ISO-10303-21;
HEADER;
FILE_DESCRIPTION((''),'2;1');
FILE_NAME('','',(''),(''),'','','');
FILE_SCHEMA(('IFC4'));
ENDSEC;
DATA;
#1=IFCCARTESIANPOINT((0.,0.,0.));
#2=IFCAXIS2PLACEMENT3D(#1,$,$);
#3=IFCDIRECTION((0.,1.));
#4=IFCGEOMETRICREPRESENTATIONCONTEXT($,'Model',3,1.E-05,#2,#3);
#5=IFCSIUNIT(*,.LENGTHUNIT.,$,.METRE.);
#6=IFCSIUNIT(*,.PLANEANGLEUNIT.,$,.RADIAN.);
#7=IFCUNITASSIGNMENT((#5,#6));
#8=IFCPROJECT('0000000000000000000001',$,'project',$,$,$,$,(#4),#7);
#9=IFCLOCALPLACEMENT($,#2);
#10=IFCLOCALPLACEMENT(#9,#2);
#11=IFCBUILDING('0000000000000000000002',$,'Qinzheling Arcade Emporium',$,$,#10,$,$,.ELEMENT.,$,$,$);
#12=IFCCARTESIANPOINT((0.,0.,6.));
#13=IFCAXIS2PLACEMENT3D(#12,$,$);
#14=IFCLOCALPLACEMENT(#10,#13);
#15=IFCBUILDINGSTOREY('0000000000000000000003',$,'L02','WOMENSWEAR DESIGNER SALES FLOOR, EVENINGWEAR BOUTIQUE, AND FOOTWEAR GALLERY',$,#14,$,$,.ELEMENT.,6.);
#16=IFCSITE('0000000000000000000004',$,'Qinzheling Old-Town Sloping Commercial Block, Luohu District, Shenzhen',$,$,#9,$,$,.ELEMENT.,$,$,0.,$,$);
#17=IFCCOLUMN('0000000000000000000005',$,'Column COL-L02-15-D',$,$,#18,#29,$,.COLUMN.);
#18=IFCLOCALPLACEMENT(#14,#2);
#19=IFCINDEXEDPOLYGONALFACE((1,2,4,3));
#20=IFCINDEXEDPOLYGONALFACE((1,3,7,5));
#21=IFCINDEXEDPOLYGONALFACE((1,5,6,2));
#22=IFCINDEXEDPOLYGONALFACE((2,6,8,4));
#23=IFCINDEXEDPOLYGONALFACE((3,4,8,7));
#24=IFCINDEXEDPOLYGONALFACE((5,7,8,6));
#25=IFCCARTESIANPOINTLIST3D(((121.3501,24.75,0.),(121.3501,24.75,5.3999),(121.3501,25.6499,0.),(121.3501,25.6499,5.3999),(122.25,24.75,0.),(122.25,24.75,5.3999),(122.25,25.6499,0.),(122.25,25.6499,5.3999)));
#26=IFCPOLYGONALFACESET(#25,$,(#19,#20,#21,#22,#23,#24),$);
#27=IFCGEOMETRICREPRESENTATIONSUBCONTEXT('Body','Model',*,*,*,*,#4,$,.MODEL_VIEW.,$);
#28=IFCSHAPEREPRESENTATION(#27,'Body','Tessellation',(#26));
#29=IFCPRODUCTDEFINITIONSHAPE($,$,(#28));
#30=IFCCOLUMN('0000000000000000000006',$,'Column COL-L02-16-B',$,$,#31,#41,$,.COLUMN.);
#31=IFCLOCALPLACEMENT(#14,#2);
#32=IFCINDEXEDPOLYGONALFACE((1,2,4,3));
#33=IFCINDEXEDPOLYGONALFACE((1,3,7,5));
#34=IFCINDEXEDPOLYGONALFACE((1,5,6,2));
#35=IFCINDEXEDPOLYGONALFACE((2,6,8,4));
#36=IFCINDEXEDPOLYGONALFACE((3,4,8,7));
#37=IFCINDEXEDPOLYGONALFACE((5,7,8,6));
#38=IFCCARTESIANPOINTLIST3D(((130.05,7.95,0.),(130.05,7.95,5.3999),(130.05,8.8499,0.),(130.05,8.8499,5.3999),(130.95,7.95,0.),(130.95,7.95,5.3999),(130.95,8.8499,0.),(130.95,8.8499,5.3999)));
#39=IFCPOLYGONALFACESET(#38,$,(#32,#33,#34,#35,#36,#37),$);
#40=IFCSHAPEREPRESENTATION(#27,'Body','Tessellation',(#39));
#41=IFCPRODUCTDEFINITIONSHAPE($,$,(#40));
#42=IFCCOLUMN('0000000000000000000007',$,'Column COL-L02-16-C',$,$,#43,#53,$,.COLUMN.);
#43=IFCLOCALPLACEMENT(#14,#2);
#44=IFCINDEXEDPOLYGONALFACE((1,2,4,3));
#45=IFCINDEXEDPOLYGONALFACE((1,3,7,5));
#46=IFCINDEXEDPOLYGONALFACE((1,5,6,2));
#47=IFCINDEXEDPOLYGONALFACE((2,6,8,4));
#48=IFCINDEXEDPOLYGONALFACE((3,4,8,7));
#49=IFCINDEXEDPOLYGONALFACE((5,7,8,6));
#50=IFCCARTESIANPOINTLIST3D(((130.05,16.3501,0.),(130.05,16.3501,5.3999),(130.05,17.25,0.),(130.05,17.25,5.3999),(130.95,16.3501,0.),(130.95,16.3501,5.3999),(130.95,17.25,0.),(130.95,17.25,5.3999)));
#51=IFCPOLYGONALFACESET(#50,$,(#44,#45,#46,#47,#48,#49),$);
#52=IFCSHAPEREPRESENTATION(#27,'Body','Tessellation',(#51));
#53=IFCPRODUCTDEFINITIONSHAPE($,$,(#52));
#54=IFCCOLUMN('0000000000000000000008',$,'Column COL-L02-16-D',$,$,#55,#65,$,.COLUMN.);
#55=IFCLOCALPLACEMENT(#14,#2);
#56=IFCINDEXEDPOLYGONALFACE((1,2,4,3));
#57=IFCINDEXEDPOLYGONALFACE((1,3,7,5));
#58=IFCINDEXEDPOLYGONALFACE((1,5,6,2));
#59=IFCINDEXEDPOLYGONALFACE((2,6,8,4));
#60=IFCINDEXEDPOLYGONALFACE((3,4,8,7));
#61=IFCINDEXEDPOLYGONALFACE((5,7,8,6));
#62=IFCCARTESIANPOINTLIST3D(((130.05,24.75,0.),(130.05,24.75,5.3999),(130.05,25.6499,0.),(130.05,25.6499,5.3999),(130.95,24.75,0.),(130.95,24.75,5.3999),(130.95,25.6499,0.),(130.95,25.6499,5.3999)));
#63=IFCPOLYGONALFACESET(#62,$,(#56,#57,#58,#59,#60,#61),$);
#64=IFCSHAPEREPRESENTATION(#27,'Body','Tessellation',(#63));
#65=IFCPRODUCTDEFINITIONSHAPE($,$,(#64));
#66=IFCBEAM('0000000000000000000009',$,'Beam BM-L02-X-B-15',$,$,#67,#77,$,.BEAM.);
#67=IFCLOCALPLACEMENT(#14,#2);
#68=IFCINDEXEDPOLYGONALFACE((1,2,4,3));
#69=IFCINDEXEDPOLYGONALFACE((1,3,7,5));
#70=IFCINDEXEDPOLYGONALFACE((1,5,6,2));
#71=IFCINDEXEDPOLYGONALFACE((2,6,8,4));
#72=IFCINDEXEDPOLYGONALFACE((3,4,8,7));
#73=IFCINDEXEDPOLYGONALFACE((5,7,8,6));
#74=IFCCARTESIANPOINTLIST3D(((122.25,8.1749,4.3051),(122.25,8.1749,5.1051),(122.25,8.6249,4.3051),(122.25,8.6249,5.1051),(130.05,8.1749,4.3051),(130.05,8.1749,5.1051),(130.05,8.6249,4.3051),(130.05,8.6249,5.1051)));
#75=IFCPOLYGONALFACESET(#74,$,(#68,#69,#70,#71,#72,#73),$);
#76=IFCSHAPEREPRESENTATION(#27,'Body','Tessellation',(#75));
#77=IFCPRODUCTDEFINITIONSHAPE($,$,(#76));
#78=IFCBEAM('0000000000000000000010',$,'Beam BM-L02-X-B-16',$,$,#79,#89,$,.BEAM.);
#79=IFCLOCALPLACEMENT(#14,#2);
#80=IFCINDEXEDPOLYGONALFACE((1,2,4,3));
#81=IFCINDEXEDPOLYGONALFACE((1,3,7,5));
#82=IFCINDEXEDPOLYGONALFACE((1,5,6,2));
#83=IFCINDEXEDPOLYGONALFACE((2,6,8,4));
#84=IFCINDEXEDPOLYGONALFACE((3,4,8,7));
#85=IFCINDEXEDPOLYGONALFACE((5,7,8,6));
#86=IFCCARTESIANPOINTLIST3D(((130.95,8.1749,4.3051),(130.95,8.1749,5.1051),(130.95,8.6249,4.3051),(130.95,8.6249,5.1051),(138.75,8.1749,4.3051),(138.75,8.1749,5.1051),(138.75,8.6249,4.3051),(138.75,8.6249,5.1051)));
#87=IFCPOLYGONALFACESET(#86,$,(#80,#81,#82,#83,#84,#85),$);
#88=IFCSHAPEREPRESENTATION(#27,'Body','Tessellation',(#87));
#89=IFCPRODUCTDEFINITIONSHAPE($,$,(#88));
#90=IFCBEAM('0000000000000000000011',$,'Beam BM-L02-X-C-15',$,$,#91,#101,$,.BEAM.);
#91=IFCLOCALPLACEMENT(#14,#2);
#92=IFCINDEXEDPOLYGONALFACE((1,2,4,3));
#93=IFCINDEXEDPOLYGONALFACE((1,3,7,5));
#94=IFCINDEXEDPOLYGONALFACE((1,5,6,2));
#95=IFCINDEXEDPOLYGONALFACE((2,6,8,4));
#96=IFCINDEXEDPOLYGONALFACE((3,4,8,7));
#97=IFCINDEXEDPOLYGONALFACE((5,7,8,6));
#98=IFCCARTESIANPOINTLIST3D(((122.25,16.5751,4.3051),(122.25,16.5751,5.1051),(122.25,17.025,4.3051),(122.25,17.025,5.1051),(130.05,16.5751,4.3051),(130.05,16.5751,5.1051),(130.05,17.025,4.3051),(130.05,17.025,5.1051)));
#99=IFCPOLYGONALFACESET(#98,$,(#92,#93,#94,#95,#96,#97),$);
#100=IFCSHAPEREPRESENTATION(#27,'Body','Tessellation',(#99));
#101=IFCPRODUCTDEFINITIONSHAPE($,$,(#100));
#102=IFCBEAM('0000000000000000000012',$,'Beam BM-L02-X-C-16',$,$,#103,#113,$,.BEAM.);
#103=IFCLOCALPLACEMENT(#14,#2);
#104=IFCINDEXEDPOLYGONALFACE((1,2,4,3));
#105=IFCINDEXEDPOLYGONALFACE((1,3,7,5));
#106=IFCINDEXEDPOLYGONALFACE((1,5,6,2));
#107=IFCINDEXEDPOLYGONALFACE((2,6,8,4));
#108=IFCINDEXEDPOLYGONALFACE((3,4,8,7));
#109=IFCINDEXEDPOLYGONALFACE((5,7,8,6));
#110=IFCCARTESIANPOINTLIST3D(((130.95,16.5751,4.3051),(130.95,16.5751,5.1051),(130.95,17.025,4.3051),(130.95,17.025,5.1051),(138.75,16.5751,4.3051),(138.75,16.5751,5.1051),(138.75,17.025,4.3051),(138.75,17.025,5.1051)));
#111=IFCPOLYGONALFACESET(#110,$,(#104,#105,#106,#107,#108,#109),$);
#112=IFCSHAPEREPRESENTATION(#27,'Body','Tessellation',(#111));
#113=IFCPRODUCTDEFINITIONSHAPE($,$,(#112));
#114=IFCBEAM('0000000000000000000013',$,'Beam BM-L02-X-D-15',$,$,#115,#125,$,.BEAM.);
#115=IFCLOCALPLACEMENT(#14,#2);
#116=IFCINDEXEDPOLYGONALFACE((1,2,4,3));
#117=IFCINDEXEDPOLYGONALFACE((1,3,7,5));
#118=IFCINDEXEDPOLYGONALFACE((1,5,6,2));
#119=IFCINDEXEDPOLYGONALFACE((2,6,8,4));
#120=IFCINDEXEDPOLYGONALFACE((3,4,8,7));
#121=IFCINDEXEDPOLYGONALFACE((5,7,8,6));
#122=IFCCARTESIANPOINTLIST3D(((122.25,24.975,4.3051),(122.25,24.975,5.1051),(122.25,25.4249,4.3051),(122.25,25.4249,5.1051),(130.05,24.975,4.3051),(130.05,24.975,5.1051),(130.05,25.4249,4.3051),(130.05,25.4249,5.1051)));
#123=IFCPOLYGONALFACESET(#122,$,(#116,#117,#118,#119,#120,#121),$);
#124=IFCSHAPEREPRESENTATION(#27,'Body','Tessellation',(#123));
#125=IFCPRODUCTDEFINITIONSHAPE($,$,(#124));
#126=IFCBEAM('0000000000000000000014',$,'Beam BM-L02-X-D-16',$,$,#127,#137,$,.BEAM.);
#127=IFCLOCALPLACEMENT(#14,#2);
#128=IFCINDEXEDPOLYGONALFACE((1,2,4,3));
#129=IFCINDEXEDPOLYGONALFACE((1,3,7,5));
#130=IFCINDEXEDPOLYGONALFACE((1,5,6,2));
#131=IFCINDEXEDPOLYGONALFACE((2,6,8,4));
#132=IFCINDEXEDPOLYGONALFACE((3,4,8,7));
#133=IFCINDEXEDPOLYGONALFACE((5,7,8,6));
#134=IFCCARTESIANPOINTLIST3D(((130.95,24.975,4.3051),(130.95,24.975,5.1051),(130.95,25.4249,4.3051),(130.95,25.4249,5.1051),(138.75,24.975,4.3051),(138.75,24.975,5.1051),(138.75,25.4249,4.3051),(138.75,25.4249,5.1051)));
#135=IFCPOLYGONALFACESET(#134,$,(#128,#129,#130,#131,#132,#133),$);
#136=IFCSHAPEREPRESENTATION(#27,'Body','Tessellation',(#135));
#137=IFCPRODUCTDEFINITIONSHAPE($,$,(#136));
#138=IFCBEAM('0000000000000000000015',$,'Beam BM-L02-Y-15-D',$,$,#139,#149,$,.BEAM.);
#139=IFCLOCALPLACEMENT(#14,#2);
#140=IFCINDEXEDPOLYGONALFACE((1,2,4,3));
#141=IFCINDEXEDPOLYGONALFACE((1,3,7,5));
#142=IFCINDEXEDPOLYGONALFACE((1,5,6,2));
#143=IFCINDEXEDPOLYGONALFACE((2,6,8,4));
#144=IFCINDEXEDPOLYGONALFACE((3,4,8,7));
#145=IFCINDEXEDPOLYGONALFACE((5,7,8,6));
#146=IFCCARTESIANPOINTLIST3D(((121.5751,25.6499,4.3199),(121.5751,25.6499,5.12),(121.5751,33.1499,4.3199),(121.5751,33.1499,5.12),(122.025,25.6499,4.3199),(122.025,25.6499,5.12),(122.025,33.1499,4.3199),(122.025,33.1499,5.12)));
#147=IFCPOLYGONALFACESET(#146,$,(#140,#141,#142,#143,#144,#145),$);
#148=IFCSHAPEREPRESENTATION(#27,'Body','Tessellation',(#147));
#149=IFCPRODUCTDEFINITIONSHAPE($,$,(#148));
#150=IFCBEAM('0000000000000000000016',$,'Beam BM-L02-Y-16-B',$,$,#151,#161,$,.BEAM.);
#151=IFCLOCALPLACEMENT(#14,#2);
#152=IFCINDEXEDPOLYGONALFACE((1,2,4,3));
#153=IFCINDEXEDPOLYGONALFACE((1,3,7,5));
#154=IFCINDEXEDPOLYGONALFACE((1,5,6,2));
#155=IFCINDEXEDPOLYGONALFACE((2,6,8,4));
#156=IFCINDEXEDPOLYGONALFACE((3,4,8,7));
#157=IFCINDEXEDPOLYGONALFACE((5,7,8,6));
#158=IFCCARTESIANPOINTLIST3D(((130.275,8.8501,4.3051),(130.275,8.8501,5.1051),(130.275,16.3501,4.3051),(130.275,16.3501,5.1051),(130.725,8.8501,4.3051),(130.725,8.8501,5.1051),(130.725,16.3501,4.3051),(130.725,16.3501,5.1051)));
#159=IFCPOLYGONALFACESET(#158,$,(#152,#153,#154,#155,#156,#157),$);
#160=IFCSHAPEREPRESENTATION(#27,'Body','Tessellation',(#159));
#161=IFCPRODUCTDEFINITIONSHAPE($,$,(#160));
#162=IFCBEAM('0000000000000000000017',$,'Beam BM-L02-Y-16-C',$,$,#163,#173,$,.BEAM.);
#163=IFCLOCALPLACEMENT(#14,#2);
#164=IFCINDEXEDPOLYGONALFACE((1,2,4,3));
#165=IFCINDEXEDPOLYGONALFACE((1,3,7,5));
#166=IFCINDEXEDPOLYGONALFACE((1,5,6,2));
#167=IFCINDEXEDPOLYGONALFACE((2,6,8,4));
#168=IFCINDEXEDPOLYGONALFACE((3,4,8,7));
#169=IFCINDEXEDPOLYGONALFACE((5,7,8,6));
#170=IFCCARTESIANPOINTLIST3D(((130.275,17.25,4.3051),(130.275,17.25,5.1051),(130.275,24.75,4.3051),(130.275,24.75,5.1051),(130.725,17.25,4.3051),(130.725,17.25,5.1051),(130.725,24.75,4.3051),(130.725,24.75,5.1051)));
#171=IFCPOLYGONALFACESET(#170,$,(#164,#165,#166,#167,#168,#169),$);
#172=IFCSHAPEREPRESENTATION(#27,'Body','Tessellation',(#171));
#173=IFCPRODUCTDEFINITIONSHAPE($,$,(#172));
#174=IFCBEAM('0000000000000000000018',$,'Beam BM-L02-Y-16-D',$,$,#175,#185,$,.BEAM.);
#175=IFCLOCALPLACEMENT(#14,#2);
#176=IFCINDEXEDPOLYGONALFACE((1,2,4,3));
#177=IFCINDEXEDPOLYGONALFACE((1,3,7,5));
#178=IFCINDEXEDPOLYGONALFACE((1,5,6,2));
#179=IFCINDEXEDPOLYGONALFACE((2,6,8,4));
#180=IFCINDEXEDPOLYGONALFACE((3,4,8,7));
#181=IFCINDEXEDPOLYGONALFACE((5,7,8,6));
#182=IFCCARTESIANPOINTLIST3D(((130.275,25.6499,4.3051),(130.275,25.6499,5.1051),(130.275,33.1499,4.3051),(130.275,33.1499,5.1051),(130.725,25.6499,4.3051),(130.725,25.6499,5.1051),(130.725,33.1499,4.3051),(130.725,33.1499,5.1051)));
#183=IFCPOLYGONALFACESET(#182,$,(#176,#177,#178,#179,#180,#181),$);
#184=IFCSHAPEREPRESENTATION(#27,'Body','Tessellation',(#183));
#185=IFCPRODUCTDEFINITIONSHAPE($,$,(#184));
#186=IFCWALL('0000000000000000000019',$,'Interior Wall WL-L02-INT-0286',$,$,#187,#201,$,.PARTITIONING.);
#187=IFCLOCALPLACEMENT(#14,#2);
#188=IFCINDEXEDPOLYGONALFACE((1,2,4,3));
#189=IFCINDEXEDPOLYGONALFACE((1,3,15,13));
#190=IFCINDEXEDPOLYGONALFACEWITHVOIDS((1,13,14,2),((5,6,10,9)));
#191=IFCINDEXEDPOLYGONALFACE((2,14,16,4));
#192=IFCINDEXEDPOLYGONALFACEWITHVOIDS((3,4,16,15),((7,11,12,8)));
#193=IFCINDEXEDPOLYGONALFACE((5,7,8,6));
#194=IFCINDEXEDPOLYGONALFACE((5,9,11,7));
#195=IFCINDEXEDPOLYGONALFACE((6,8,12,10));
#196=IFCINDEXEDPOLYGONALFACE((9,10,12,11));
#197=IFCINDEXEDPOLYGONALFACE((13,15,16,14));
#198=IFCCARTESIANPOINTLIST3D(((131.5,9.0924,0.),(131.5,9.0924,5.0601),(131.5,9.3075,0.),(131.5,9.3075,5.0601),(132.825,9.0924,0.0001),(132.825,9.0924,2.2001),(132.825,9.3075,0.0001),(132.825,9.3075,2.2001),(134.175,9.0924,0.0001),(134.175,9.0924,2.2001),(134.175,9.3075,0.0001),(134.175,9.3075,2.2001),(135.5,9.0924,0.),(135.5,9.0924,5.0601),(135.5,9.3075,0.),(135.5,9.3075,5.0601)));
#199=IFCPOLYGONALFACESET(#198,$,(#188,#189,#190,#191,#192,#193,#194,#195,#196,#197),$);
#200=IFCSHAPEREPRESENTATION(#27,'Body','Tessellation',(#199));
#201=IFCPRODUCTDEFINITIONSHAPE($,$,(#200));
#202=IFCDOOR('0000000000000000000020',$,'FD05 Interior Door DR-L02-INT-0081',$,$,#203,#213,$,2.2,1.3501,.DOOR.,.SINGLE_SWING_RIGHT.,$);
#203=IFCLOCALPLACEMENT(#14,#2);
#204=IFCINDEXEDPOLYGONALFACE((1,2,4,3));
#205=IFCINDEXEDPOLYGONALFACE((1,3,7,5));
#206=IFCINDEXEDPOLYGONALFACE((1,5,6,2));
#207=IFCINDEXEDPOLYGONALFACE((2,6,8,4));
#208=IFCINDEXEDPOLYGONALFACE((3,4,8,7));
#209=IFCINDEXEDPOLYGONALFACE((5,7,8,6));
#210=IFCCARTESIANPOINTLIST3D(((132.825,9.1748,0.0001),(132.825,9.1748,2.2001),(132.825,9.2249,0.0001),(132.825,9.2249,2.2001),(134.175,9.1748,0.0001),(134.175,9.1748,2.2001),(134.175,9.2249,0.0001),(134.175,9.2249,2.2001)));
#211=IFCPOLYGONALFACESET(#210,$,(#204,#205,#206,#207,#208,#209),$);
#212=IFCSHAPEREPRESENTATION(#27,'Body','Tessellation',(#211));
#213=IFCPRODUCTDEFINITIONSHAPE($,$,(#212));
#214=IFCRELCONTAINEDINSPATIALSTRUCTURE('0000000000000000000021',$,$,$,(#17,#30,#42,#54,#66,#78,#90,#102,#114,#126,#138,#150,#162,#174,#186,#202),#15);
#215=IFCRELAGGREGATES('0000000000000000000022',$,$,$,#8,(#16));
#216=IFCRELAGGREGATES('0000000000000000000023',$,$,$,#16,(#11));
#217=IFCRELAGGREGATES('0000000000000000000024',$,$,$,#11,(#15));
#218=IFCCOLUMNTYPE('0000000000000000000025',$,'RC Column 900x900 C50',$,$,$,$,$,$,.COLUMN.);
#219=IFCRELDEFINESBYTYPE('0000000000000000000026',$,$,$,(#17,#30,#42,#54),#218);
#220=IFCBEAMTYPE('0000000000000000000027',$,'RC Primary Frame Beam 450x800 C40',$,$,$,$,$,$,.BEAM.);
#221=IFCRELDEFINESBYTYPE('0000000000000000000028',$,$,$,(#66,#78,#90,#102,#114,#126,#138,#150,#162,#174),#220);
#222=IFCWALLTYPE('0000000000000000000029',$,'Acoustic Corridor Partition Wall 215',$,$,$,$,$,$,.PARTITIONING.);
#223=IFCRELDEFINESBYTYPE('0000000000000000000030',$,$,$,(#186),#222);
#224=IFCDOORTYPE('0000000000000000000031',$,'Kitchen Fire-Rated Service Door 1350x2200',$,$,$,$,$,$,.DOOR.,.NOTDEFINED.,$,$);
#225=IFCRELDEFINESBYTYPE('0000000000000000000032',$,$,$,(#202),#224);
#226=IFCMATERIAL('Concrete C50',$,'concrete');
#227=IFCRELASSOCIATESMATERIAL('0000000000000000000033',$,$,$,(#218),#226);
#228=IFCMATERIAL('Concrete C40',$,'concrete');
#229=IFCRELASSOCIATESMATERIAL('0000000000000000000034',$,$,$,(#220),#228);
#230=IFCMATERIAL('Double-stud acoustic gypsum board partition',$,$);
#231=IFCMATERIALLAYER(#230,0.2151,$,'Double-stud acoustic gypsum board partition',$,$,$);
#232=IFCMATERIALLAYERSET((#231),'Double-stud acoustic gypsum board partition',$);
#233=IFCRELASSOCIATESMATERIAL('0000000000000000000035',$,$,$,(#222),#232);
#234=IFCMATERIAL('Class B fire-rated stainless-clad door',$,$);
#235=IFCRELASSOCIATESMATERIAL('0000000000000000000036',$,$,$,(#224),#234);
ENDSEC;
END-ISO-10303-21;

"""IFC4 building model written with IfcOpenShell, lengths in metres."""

from ifc_helpers import new_model, si_unit, direction, frame, frame_2d, origin, origin_2d, place, context, subcontext, project, spatial, rectangle, extrude, material, layer, layer_set, material_profile, profile_set, type_object, element, fill, save


model = new_model("IFC4")

# Units and contexts
model_context = context("Model", 3, precision=1e-05, world=origin(), true_north=direction((0.0, 1.0)))
body_context = subcontext(model_context, "Body", "Model", "MODEL_VIEW")
ifc_project = project(units=[si_unit("LENGTHUNIT", "METRE"), si_unit("PLANEANGLEUNIT", "RADIAN")], contexts=[model_context])

# Site, building, storey
site_placement = place(None, origin())
site = spatial("IfcSite", under=ifc_project, at=site_placement, Name="Qinzheling Old-Town Sloping Commercial Block, Luohu District, Shenzhen", CompositionType="ELEMENT", RefElevation=0.0)
building_placement = place(site_placement, origin())
building = spatial("IfcBuilding", under=site, at=building_placement, Name="Qinzheling Arcade Emporium", CompositionType="ELEMENT")
storey_placement = place(building_placement, frame((0.0, 0.0, 6.0)))
storey = spatial("IfcBuildingStorey", under=building, at=storey_placement, Name="L02", Description="WOMENSWEAR DESIGNER SALES FLOOR, EVENINGWEAR BOUTIQUE, AND FOOTWEAR GALLERY", CompositionType="ELEMENT", Elevation=6.0)

# Columns
ifc_material_1 = material(Name="Concrete C50", Category="concrete")
ifc_material_profile_1 = material_profile(ifc_material_1, rectangle(XDim=0.8999, YDim=0.8999, at=origin_2d()), Name="RC 900x900", Category="concrete")
ifc_profile_set_1 = profile_set([ifc_material_profile_1], Name="Concrete C50")
column_type = type_object("IfcColumnType", Name="RC Column 900x900 C50", PredefinedType="COLUMN", material=ifc_profile_set_1)
for number, where, z_axis, x_axis, name in (
    (1, (121.8, 25.2, 0.0), (0.0, 0.0, 1.0), (1.0, 0.0, 0.0), "Column COL-L02-15-D"),
    (2, (130.5, 8.3999, 0.0), (0.0, 0.0, 1.0), (1.0, 0.0, 0.0), "Column COL-L02-16-B"),
    (3, (130.5, 16.8, 0.0), (0.0, 0.0, 1.0), (1.0, 0.0, 0.0), "Column COL-L02-16-C"),
    (4, (130.5, 25.2, 0.0), (0.0, 0.0, 1.0), (1.0, 0.0, 0.0), "Column COL-L02-16-D"),
):
    element("IfcColumn", number, at=place(storey_placement, frame(where, z_axis=z_axis, x_axis=x_axis)), inside=storey, type_object=column_type, Name=name, PredefinedType="COLUMN", context=body_context, shape_type="SweptSolid", body=[
        extrude(rectangle(XDim=0.8999, YDim=0.8999, at=origin_2d()), origin(), (0.0, 0.0, 1.0), 5.3999),
    ])

# Beams
ifc_material_2 = material(Name="Concrete C40", Category="concrete")
ifc_material_profile_2 = material_profile(ifc_material_2, rectangle(XDim=0.45, YDim=0.8, at=origin_2d()), Name="RC 450x800", Category="concrete")
ifc_profile_set_2 = profile_set([ifc_material_profile_2], Name="Concrete C40")
beam_type = type_object("IfcBeamType", Name="RC Primary Frame Beam 450x800 C40", PredefinedType="BEAM", material=ifc_profile_set_2)
for number, where, z_axis, x_axis, name in (
    (5, (122.25, 8.3999, 4.7051), (1.0, 0.0, 0.0), (0.0, 1.0, 0.0), "Beam BM-L02-X-B-15"),
    (6, (130.95, 8.3999, 4.7051), (1.0, 0.0, 0.0), (0.0, 1.0, 0.0), "Beam BM-L02-X-B-16"),
    (7, (122.25, 16.8, 4.7051), (1.0, 0.0, 0.0), (0.0, 1.0, 0.0), "Beam BM-L02-X-C-15"),
    (8, (130.95, 16.8, 4.7051), (1.0, 0.0, 0.0), (0.0, 1.0, 0.0), "Beam BM-L02-X-C-16"),
    (9, (122.25, 25.2, 4.7051), (1.0, 0.0, 0.0), (0.0, 1.0, 0.0), "Beam BM-L02-X-D-15"),
    (10, (130.95, 25.2, 4.7051), (1.0, 0.0, 0.0), (0.0, 1.0, 0.0), "Beam BM-L02-X-D-16"),
):
    element("IfcBeam", number, at=place(storey_placement, frame(where, z_axis=z_axis, x_axis=x_axis)), inside=storey, type_object=beam_type, Name=name, PredefinedType="BEAM", context=body_context, shape_type="SweptSolid", body=[
        extrude(rectangle(XDim=0.45, YDim=0.8, at=origin_2d()), origin(), (0.0, 0.0, 1.0), 7.8),
    ])
for number, where, z_axis, x_axis, name in (
    (11, (121.8, 25.6499, 4.72), (0.0, 1.0, 0.0), (-1.0, 0.0, 0.0), "Beam BM-L02-Y-15-D"),
    (12, (130.5, 8.8501, 4.7051), (0.0, 1.0, 0.0), (-1.0, 0.0, 0.0), "Beam BM-L02-Y-16-B"),
    (13, (130.5, 17.25, 4.7051), (0.0, 1.0, 0.0), (-1.0, 0.0, 0.0), "Beam BM-L02-Y-16-C"),
    (14, (130.5, 25.6499, 4.7051), (0.0, 1.0, 0.0), (-1.0, 0.0, 0.0), "Beam BM-L02-Y-16-D"),
):
    element("IfcBeam", number, at=place(storey_placement, frame(where, z_axis=z_axis, x_axis=x_axis)), inside=storey, type_object=beam_type, Name=name, PredefinedType="BEAM", context=body_context, shape_type="SweptSolid", body=[
        extrude(rectangle(XDim=0.45, YDim=0.8, at=origin_2d()), origin(), (0.0, 0.0, 1.0), 7.5),
    ])

# Wall, opening, door
ifc_material_3 = material(Name="Double-stud acoustic gypsum board partition")
ifc_layer_1 = layer(ifc_material_3, 0.2151, Name="Double-stud acoustic gypsum board partition")
ifc_layer_set_1 = layer_set([ifc_layer_1], Name="Double-stud acoustic gypsum board partition")
wall_type_1 = type_object("IfcWallType", Name="Acoustic Corridor Partition Wall 215", PredefinedType="PARTITIONING", material=ifc_layer_set_1)
wall_1_placement = place(storey_placement, frame((131.5, 9.2, 0.0), z_axis=(0.0, 0.0, 1.0), x_axis=(1.0, 0.0, 0.0)))
wall_1 = element("IfcWall", 15, at=wall_1_placement, inside=storey, type_object=wall_type_1, Name="Interior Wall WL-L02-INT-0286", PredefinedType="PARTITIONING", context=body_context, shape_type="SweptSolid", body=[
    extrude(rectangle(XDim=4.0, YDim=0.2151, at=frame_2d((2.0, 0.0))), origin(), (0.0, 0.0, 1.0), 5.0601),
])
opening_placement = place(wall_1_placement, frame((1.325, 0.0, 0.0)))
opening = element("IfcOpeningElement", 16, at=opening_placement, cuts=wall_1, PredefinedType="OPENING", context=body_context, shape_type="SweptSolid", body=[
    extrude(rectangle(XDim=1.3501, YDim=2.2, at=frame_2d((0.675, 1.1001))), frame((0.0, 0.1177, 0.0), z_axis=(0.0, -1.0, 0.0), x_axis=(1.0, 0.0, 0.0)), (0.0, 0.0, 1.0), 0.2351),
])
ifc_material_4 = material(Name="Class B fire-rated stainless-clad door")
door_type = type_object("IfcDoorType", Name="Kitchen Fire-Rated Service Door 1350x2200", OperationType="NOTDEFINED", PredefinedType="DOOR", material=ifc_material_4)
door_placement = place(opening_placement, origin())
door = element("IfcDoor", 17, at=door_placement, inside=storey, type_object=door_type, Name="FD05 Interior Door DR-L02-INT-0081", OperationType="SINGLE_SWING_RIGHT", OverallHeight=2.2, OverallWidth=1.3501, PredefinedType="DOOR", context=body_context, shape_type="SweptSolid", body=[
    extrude(rectangle(XDim=1.3501, YDim=2.2, at=frame_2d((0.675, 1.1001))), frame((0.0, 0.0249, 0.0), z_axis=(0.0, -1.0, 0.0), x_axis=(1.0, 0.0, 0.0)), (0.0, 0.0, 1.0), 0.05),
])
fill(opening, door)

save(model, "model.ifc")
